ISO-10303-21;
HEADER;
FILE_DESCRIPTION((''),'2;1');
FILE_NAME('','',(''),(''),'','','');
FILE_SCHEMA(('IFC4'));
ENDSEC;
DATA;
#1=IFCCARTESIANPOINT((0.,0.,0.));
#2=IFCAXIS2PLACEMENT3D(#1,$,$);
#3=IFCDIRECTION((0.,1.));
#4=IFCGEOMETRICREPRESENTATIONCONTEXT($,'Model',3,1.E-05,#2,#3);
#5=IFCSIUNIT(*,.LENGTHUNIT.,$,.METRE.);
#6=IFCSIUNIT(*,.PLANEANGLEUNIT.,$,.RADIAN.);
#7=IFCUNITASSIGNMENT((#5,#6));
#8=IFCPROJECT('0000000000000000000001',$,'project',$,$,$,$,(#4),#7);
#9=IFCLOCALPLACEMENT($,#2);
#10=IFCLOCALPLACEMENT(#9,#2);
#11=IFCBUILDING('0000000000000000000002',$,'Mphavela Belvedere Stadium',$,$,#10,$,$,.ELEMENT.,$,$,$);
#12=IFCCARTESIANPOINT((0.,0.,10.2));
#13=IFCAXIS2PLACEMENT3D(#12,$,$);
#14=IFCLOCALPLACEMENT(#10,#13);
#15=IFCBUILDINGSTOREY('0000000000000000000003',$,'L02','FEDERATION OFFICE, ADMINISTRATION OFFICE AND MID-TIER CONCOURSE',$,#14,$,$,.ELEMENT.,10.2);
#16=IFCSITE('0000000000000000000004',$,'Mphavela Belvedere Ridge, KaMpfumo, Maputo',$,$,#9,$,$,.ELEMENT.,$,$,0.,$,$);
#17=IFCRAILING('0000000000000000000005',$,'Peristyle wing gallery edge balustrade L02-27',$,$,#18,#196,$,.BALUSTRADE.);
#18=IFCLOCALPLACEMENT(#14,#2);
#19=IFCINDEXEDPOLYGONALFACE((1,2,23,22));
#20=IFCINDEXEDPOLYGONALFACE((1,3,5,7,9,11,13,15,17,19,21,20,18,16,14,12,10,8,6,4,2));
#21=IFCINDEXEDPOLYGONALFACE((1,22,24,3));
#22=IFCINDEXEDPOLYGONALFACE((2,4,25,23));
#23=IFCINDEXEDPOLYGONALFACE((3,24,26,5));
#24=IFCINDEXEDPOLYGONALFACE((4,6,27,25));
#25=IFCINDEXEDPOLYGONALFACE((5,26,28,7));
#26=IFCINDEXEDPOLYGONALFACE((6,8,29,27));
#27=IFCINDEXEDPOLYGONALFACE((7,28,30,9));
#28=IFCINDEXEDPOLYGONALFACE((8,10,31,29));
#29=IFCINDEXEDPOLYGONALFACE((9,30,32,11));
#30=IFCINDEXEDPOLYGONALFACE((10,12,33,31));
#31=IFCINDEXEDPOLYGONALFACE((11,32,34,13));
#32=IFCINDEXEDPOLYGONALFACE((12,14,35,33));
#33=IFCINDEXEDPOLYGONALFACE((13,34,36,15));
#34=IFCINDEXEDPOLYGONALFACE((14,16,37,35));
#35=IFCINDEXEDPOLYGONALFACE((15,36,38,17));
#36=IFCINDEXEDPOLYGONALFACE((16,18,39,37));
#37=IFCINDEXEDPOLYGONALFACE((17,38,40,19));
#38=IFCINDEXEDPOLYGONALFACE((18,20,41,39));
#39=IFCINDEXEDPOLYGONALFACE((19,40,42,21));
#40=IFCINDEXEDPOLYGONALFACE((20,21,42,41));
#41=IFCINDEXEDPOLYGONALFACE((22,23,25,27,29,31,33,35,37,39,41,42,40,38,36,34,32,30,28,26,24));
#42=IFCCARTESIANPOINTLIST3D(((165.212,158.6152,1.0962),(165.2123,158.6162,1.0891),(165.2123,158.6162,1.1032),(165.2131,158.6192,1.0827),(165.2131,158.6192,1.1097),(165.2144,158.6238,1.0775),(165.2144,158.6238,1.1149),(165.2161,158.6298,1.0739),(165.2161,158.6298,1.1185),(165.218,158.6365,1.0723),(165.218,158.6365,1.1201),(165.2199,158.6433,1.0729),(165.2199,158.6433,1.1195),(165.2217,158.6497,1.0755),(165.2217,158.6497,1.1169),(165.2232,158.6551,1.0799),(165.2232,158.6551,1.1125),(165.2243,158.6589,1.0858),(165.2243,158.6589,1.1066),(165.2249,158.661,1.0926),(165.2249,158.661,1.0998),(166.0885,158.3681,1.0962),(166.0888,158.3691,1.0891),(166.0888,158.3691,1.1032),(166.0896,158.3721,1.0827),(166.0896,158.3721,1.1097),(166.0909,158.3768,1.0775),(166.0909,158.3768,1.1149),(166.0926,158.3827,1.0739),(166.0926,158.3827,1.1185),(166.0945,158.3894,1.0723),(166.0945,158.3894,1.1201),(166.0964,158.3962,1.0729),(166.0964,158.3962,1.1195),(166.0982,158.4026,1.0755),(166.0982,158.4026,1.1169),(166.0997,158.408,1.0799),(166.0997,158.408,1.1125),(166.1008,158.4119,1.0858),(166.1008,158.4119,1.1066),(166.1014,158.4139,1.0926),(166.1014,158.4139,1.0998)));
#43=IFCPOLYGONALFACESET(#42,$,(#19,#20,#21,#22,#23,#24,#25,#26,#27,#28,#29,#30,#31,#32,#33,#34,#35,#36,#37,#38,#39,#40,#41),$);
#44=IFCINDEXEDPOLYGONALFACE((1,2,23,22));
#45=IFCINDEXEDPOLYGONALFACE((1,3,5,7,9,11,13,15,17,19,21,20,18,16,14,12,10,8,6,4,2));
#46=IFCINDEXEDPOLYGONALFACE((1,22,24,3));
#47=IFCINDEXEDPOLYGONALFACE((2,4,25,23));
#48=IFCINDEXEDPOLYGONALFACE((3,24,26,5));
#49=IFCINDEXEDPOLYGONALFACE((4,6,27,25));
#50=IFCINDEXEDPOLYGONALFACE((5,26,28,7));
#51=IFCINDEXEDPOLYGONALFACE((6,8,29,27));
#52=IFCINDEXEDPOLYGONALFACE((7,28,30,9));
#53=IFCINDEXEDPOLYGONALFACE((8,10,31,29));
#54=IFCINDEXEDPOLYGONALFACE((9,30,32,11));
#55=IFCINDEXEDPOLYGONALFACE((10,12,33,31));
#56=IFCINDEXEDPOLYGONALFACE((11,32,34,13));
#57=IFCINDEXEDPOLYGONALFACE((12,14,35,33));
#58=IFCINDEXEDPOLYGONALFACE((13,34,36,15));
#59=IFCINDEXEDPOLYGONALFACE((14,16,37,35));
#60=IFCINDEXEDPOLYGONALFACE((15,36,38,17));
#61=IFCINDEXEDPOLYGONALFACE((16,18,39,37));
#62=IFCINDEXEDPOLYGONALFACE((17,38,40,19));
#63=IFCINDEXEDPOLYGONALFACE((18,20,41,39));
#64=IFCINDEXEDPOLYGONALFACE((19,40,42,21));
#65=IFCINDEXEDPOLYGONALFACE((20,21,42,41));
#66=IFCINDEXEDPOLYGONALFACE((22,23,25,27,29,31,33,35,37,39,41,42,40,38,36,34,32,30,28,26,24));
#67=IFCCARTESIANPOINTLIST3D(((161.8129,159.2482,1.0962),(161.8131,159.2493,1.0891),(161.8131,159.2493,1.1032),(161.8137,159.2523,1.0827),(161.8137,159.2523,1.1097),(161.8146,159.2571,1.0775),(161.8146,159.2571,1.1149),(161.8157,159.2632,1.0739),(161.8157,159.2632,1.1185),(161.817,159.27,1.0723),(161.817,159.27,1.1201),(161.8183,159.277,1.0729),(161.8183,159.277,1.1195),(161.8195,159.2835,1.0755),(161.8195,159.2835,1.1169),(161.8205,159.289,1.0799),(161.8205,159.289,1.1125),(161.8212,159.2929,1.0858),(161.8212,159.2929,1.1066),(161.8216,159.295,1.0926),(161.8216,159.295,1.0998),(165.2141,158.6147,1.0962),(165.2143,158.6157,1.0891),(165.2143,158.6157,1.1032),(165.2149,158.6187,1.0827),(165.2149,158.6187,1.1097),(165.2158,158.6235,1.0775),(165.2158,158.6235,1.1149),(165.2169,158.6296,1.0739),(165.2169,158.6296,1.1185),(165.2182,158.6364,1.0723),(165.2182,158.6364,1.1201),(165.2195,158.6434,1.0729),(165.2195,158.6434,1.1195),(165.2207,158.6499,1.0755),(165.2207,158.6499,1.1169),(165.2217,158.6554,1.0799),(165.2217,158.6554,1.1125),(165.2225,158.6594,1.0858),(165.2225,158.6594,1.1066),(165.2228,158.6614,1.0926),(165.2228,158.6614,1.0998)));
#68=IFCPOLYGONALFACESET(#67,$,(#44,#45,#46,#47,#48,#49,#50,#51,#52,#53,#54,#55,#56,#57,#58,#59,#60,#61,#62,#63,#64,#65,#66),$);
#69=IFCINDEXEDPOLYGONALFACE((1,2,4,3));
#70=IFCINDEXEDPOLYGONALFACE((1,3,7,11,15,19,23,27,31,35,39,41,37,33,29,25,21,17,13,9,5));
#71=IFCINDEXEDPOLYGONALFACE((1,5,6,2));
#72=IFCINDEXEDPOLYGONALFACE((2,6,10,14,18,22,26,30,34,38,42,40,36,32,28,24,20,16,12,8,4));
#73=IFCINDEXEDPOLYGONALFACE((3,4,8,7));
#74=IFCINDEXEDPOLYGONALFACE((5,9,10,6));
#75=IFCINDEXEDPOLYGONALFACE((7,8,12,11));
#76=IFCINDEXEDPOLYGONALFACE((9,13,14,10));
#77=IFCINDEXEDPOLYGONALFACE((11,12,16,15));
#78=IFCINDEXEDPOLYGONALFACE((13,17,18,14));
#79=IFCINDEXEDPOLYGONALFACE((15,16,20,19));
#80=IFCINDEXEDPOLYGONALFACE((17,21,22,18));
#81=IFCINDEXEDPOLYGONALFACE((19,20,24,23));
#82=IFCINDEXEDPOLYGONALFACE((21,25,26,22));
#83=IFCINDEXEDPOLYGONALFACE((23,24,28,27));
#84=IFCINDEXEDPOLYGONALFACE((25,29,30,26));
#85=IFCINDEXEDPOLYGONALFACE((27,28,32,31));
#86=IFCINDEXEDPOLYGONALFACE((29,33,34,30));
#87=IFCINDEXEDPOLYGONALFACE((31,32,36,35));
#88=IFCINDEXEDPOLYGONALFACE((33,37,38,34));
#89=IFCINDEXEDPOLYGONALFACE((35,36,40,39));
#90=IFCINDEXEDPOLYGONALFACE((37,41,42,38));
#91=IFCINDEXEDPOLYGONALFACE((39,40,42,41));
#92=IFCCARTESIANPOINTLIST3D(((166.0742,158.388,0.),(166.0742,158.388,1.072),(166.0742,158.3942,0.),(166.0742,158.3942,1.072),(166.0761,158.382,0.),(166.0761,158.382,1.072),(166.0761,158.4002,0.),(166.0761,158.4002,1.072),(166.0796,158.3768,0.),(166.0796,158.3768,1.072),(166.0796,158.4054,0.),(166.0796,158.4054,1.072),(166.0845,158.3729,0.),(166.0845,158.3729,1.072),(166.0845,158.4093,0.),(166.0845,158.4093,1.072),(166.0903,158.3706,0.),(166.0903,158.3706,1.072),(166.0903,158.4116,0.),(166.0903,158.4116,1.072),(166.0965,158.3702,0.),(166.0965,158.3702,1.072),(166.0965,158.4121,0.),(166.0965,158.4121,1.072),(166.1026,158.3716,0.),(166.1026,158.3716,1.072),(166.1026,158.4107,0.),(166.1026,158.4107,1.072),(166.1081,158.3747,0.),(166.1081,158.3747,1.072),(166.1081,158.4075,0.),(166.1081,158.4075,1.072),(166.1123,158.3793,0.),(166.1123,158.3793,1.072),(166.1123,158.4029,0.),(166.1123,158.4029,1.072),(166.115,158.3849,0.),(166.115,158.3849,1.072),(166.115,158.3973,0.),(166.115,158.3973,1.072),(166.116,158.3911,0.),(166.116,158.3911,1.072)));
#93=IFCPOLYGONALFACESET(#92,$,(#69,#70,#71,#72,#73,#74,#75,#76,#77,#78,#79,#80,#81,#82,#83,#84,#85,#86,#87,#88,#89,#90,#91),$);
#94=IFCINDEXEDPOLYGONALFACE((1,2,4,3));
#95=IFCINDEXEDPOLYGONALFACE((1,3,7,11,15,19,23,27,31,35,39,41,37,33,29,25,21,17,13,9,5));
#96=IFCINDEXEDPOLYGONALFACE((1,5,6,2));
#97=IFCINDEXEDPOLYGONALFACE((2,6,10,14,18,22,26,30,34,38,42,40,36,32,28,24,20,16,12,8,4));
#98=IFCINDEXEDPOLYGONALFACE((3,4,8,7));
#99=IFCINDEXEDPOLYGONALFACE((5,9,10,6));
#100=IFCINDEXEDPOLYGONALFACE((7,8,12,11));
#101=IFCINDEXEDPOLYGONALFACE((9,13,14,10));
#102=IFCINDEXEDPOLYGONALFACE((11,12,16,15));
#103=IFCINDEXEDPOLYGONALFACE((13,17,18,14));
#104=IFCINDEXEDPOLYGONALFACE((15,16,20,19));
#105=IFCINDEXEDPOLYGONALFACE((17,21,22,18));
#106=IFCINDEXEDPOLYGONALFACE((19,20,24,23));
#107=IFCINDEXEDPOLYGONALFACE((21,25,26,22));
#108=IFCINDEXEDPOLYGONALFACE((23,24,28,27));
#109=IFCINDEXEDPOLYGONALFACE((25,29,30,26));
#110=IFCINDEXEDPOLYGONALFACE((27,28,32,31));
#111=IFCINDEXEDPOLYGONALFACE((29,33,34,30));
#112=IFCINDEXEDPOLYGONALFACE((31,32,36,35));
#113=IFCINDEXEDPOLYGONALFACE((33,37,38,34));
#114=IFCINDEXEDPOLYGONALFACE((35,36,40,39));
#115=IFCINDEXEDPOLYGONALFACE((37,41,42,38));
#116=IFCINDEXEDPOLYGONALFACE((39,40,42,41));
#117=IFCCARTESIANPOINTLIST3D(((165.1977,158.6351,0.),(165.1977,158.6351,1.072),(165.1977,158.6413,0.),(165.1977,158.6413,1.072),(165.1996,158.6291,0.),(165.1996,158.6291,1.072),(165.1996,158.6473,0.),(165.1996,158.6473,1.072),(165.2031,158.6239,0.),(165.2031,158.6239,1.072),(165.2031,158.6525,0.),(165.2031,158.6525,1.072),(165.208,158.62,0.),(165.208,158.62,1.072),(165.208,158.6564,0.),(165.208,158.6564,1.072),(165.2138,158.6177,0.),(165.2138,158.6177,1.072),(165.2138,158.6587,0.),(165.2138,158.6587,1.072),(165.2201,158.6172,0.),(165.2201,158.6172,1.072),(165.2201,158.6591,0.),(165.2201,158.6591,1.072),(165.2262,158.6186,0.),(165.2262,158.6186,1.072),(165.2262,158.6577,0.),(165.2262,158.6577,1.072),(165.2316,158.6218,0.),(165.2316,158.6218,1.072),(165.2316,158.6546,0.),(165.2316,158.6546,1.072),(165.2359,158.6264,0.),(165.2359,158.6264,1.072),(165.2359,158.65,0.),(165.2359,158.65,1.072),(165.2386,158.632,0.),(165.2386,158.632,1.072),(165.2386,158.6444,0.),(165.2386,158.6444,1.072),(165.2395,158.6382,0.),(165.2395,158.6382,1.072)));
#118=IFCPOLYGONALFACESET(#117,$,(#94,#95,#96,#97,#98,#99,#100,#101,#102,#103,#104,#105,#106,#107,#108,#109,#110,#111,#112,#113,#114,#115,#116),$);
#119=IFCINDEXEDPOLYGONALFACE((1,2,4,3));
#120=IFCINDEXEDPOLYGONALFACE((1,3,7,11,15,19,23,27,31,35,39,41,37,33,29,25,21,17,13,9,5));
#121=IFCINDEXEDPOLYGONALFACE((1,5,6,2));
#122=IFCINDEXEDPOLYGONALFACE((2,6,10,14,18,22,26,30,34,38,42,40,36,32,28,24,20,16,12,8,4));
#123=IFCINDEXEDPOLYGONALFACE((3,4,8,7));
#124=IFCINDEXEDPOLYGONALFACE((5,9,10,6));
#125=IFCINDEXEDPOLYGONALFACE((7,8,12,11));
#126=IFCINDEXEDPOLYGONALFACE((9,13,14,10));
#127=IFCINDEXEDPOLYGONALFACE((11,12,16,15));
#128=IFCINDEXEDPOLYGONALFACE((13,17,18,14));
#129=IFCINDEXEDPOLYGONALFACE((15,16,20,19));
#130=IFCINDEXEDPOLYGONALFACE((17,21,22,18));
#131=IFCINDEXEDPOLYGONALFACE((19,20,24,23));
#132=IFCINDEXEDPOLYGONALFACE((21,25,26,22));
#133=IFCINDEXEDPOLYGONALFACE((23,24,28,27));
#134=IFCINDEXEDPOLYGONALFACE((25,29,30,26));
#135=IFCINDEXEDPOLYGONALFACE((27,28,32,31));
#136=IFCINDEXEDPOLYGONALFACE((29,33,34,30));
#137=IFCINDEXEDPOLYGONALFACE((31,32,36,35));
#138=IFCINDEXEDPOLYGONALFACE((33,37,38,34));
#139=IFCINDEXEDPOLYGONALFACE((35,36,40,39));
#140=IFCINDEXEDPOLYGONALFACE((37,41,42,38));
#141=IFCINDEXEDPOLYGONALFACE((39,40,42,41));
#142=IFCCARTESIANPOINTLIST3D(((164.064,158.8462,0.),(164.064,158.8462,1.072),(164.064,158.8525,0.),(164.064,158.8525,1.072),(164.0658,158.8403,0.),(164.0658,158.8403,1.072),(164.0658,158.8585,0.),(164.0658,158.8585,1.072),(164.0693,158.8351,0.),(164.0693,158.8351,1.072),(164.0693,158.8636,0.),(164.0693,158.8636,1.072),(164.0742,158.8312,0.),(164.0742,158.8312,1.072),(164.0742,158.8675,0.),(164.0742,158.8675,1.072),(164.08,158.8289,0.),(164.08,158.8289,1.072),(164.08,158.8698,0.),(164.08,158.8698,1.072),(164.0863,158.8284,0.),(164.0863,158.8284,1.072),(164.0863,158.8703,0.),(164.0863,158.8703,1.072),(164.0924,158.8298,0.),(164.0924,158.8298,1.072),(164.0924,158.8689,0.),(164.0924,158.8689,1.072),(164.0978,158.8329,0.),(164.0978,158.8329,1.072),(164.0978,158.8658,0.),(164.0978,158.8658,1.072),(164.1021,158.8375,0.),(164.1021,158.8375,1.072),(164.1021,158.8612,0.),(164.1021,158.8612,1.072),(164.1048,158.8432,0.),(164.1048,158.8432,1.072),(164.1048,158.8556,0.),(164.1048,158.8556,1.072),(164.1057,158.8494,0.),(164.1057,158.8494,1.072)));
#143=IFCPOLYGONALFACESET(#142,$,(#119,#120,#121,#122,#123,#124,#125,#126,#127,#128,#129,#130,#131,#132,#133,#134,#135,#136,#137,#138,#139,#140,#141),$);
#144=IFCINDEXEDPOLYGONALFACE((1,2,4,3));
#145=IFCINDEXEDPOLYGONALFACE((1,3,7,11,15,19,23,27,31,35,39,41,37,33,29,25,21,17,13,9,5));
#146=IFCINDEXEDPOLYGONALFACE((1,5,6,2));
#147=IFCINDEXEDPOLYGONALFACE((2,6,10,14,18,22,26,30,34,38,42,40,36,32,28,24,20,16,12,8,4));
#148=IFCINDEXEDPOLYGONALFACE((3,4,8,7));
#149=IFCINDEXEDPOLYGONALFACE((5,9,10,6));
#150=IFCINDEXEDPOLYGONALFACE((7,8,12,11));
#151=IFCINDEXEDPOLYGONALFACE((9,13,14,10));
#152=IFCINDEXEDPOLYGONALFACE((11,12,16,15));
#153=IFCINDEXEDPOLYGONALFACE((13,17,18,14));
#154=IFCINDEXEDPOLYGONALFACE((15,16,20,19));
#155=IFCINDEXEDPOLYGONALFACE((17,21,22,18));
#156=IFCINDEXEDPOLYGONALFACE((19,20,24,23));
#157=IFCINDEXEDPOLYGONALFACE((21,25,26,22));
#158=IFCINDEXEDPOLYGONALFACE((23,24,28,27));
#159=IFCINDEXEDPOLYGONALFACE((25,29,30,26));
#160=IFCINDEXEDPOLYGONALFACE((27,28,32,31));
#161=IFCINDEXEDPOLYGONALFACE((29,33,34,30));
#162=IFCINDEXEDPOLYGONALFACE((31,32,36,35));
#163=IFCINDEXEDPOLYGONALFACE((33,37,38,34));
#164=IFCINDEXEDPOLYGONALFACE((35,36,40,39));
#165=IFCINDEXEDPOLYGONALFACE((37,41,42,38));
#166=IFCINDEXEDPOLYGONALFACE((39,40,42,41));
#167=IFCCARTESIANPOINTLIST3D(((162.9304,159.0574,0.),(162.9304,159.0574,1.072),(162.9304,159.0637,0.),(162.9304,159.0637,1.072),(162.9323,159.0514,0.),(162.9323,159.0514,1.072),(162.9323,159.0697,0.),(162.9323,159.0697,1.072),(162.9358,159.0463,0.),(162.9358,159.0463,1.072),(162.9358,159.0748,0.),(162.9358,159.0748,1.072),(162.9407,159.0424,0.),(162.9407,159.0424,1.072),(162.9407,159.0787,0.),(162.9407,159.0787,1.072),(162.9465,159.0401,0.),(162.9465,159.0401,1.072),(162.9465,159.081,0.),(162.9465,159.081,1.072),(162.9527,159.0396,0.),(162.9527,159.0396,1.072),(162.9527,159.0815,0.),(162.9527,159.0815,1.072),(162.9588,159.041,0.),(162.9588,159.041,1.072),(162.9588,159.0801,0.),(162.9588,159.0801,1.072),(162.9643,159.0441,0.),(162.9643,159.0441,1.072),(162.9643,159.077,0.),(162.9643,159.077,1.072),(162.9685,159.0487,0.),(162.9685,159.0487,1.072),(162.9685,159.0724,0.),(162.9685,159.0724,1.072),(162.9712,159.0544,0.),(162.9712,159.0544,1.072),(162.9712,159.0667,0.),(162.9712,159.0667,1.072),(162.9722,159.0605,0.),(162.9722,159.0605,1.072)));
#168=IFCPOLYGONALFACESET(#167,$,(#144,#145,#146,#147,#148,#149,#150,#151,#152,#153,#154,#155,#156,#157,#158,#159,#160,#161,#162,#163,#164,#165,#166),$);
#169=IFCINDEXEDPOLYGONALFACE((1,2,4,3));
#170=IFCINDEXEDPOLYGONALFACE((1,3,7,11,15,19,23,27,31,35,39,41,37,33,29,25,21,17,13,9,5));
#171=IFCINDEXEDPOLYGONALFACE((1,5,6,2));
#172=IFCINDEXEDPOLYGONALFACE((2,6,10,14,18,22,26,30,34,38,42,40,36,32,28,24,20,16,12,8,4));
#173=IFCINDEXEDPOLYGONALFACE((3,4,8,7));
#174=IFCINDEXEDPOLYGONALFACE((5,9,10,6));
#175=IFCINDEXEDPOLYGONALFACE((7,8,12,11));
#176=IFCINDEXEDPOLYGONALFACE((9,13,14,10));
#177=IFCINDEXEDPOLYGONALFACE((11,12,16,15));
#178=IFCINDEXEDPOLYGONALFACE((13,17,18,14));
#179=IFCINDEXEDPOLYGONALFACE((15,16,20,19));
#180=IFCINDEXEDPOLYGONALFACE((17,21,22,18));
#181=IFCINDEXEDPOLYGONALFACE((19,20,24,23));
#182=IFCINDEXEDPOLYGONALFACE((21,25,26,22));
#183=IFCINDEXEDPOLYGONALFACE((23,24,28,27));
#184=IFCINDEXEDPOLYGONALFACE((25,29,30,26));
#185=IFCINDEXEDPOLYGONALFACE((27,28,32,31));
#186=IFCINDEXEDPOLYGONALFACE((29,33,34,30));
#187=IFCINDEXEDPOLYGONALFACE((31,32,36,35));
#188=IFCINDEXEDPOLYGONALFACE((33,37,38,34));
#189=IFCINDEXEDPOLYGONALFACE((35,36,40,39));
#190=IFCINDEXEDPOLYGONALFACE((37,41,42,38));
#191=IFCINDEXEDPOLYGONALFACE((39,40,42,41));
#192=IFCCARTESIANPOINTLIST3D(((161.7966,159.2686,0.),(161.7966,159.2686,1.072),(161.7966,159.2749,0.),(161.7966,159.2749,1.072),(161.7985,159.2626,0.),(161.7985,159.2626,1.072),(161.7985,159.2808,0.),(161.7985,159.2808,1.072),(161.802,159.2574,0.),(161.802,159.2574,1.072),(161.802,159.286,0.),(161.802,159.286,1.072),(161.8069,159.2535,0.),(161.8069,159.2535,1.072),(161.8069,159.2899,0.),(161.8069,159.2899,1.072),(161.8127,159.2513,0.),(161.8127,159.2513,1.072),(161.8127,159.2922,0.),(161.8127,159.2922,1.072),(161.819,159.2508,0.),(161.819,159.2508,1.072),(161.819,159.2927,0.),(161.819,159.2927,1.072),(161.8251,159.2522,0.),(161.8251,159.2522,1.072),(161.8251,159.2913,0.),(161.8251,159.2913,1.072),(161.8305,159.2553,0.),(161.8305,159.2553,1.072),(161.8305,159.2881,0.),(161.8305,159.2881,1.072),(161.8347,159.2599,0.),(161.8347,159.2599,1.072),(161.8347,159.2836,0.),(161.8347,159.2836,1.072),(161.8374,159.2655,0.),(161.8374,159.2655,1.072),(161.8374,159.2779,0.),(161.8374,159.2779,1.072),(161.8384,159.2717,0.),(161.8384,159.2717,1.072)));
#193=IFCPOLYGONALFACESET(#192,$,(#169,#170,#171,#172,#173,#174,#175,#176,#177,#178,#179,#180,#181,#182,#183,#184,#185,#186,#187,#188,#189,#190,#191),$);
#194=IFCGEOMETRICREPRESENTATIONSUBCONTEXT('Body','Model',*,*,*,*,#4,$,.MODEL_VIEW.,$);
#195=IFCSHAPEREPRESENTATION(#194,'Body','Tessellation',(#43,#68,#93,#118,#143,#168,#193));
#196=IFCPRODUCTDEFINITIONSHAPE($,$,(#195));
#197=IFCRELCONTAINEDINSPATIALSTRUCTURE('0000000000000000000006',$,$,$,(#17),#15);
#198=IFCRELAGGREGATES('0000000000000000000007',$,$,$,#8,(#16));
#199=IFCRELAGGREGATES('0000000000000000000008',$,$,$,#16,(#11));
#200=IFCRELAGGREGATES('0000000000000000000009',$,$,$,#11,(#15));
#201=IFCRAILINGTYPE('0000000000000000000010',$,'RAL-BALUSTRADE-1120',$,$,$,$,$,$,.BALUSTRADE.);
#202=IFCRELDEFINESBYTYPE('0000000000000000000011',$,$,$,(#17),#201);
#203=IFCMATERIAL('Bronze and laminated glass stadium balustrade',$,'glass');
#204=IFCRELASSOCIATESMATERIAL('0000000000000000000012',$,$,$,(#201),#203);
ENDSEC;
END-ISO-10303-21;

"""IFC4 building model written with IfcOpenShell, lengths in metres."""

from ifc_helpers import new_model, si_unit, direction, frame, origin, origin_2d, place, context, subcontext, project, spatial, circle, extrude, material, type_object, element, save


model = new_model("IFC4")

# Units and contexts
model_context = context("Model", 3, precision=1e-05, world=origin(), true_north=direction((0.0, 1.0)))
body_context = subcontext(model_context, "Body", "Model", "MODEL_VIEW")
ifc_project = project(units=[si_unit("LENGTHUNIT", "METRE"), si_unit("PLANEANGLEUNIT", "RADIAN")], contexts=[model_context])

# Site, building, storey
site_placement = place(None, origin())
site = spatial("IfcSite", under=ifc_project, at=site_placement, Name="Mphavela Belvedere Ridge, KaMpfumo, Maputo", CompositionType="ELEMENT", RefElevation=0.0)
building_placement = place(site_placement, origin())
building = spatial("IfcBuilding", under=site, at=building_placement, Name="Mphavela Belvedere Stadium", CompositionType="ELEMENT")
storey_placement = place(building_placement, frame((0.0, 0.0, 10.2)))
storey = spatial("IfcBuildingStorey", under=building, at=storey_placement, Name="L02", Description="FEDERATION OFFICE, ADMINISTRATION OFFICE AND MID-TIER CONCOURSE", CompositionType="ELEMENT", Elevation=10.2)

# Railing
ifc_material_1 = material(Name="Bronze and laminated glass stadium balustrade", Category="glass")
railing_type = type_object("IfcRailingType", Name="RAL-BALUSTRADE-1120", PredefinedType="BALUSTRADE", material=ifc_material_1)
railing_placement = place(storey_placement, frame((166.095, 158.3911, 0.0)))
element("IfcRailing", 1, at=railing_placement, inside=storey, type_object=railing_type, Name="Peristyle wing gallery edge balustrade L02-27", PredefinedType="BALUSTRADE", context=body_context, shape_type="SweptSolid", body=[
    extrude(circle(Radius=0.0239, at=origin_2d()), frame((0.0, 0.0, 1.0962), z_axis=(-0.962489, 0.27132, 0.0), x_axis=(-0.27132, -0.962489, 0.0)), (0.0, 0.0, 1.0), 0.9106),
    extrude(circle(Radius=0.0239, at=origin_2d()), frame((-0.8765, 0.2471, 1.0962), z_axis=(-0.98309, 0.183125, 0.0), x_axis=(-0.183125, -0.98309, 0.0)), (0.0, 0.0, 1.0), 3.4597),
    extrude(circle(Radius=0.021, at=origin_2d()), origin(), (0.0, 0.0, 1.0), 1.072),
    extrude(circle(Radius=0.021, at=origin_2d()), frame((-0.8765, 0.2471, 0.0)), (0.0, 0.0, 1.0), 1.072),
    extrude(circle(Radius=0.021, at=origin_2d()), frame((-2.0103, 0.4583, 0.0)), (0.0, 0.0, 1.0), 1.072),
    extrude(circle(Radius=0.021, at=origin_2d()), frame((-3.1438, 0.6694, 0.0)), (0.0, 0.0, 1.0), 1.072),
    extrude(circle(Radius=0.021, at=origin_2d()), frame((-4.2776, 0.8806, 0.0)), (0.0, 0.0, 1.0), 1.072),
])

save(model, "model.ifc")
